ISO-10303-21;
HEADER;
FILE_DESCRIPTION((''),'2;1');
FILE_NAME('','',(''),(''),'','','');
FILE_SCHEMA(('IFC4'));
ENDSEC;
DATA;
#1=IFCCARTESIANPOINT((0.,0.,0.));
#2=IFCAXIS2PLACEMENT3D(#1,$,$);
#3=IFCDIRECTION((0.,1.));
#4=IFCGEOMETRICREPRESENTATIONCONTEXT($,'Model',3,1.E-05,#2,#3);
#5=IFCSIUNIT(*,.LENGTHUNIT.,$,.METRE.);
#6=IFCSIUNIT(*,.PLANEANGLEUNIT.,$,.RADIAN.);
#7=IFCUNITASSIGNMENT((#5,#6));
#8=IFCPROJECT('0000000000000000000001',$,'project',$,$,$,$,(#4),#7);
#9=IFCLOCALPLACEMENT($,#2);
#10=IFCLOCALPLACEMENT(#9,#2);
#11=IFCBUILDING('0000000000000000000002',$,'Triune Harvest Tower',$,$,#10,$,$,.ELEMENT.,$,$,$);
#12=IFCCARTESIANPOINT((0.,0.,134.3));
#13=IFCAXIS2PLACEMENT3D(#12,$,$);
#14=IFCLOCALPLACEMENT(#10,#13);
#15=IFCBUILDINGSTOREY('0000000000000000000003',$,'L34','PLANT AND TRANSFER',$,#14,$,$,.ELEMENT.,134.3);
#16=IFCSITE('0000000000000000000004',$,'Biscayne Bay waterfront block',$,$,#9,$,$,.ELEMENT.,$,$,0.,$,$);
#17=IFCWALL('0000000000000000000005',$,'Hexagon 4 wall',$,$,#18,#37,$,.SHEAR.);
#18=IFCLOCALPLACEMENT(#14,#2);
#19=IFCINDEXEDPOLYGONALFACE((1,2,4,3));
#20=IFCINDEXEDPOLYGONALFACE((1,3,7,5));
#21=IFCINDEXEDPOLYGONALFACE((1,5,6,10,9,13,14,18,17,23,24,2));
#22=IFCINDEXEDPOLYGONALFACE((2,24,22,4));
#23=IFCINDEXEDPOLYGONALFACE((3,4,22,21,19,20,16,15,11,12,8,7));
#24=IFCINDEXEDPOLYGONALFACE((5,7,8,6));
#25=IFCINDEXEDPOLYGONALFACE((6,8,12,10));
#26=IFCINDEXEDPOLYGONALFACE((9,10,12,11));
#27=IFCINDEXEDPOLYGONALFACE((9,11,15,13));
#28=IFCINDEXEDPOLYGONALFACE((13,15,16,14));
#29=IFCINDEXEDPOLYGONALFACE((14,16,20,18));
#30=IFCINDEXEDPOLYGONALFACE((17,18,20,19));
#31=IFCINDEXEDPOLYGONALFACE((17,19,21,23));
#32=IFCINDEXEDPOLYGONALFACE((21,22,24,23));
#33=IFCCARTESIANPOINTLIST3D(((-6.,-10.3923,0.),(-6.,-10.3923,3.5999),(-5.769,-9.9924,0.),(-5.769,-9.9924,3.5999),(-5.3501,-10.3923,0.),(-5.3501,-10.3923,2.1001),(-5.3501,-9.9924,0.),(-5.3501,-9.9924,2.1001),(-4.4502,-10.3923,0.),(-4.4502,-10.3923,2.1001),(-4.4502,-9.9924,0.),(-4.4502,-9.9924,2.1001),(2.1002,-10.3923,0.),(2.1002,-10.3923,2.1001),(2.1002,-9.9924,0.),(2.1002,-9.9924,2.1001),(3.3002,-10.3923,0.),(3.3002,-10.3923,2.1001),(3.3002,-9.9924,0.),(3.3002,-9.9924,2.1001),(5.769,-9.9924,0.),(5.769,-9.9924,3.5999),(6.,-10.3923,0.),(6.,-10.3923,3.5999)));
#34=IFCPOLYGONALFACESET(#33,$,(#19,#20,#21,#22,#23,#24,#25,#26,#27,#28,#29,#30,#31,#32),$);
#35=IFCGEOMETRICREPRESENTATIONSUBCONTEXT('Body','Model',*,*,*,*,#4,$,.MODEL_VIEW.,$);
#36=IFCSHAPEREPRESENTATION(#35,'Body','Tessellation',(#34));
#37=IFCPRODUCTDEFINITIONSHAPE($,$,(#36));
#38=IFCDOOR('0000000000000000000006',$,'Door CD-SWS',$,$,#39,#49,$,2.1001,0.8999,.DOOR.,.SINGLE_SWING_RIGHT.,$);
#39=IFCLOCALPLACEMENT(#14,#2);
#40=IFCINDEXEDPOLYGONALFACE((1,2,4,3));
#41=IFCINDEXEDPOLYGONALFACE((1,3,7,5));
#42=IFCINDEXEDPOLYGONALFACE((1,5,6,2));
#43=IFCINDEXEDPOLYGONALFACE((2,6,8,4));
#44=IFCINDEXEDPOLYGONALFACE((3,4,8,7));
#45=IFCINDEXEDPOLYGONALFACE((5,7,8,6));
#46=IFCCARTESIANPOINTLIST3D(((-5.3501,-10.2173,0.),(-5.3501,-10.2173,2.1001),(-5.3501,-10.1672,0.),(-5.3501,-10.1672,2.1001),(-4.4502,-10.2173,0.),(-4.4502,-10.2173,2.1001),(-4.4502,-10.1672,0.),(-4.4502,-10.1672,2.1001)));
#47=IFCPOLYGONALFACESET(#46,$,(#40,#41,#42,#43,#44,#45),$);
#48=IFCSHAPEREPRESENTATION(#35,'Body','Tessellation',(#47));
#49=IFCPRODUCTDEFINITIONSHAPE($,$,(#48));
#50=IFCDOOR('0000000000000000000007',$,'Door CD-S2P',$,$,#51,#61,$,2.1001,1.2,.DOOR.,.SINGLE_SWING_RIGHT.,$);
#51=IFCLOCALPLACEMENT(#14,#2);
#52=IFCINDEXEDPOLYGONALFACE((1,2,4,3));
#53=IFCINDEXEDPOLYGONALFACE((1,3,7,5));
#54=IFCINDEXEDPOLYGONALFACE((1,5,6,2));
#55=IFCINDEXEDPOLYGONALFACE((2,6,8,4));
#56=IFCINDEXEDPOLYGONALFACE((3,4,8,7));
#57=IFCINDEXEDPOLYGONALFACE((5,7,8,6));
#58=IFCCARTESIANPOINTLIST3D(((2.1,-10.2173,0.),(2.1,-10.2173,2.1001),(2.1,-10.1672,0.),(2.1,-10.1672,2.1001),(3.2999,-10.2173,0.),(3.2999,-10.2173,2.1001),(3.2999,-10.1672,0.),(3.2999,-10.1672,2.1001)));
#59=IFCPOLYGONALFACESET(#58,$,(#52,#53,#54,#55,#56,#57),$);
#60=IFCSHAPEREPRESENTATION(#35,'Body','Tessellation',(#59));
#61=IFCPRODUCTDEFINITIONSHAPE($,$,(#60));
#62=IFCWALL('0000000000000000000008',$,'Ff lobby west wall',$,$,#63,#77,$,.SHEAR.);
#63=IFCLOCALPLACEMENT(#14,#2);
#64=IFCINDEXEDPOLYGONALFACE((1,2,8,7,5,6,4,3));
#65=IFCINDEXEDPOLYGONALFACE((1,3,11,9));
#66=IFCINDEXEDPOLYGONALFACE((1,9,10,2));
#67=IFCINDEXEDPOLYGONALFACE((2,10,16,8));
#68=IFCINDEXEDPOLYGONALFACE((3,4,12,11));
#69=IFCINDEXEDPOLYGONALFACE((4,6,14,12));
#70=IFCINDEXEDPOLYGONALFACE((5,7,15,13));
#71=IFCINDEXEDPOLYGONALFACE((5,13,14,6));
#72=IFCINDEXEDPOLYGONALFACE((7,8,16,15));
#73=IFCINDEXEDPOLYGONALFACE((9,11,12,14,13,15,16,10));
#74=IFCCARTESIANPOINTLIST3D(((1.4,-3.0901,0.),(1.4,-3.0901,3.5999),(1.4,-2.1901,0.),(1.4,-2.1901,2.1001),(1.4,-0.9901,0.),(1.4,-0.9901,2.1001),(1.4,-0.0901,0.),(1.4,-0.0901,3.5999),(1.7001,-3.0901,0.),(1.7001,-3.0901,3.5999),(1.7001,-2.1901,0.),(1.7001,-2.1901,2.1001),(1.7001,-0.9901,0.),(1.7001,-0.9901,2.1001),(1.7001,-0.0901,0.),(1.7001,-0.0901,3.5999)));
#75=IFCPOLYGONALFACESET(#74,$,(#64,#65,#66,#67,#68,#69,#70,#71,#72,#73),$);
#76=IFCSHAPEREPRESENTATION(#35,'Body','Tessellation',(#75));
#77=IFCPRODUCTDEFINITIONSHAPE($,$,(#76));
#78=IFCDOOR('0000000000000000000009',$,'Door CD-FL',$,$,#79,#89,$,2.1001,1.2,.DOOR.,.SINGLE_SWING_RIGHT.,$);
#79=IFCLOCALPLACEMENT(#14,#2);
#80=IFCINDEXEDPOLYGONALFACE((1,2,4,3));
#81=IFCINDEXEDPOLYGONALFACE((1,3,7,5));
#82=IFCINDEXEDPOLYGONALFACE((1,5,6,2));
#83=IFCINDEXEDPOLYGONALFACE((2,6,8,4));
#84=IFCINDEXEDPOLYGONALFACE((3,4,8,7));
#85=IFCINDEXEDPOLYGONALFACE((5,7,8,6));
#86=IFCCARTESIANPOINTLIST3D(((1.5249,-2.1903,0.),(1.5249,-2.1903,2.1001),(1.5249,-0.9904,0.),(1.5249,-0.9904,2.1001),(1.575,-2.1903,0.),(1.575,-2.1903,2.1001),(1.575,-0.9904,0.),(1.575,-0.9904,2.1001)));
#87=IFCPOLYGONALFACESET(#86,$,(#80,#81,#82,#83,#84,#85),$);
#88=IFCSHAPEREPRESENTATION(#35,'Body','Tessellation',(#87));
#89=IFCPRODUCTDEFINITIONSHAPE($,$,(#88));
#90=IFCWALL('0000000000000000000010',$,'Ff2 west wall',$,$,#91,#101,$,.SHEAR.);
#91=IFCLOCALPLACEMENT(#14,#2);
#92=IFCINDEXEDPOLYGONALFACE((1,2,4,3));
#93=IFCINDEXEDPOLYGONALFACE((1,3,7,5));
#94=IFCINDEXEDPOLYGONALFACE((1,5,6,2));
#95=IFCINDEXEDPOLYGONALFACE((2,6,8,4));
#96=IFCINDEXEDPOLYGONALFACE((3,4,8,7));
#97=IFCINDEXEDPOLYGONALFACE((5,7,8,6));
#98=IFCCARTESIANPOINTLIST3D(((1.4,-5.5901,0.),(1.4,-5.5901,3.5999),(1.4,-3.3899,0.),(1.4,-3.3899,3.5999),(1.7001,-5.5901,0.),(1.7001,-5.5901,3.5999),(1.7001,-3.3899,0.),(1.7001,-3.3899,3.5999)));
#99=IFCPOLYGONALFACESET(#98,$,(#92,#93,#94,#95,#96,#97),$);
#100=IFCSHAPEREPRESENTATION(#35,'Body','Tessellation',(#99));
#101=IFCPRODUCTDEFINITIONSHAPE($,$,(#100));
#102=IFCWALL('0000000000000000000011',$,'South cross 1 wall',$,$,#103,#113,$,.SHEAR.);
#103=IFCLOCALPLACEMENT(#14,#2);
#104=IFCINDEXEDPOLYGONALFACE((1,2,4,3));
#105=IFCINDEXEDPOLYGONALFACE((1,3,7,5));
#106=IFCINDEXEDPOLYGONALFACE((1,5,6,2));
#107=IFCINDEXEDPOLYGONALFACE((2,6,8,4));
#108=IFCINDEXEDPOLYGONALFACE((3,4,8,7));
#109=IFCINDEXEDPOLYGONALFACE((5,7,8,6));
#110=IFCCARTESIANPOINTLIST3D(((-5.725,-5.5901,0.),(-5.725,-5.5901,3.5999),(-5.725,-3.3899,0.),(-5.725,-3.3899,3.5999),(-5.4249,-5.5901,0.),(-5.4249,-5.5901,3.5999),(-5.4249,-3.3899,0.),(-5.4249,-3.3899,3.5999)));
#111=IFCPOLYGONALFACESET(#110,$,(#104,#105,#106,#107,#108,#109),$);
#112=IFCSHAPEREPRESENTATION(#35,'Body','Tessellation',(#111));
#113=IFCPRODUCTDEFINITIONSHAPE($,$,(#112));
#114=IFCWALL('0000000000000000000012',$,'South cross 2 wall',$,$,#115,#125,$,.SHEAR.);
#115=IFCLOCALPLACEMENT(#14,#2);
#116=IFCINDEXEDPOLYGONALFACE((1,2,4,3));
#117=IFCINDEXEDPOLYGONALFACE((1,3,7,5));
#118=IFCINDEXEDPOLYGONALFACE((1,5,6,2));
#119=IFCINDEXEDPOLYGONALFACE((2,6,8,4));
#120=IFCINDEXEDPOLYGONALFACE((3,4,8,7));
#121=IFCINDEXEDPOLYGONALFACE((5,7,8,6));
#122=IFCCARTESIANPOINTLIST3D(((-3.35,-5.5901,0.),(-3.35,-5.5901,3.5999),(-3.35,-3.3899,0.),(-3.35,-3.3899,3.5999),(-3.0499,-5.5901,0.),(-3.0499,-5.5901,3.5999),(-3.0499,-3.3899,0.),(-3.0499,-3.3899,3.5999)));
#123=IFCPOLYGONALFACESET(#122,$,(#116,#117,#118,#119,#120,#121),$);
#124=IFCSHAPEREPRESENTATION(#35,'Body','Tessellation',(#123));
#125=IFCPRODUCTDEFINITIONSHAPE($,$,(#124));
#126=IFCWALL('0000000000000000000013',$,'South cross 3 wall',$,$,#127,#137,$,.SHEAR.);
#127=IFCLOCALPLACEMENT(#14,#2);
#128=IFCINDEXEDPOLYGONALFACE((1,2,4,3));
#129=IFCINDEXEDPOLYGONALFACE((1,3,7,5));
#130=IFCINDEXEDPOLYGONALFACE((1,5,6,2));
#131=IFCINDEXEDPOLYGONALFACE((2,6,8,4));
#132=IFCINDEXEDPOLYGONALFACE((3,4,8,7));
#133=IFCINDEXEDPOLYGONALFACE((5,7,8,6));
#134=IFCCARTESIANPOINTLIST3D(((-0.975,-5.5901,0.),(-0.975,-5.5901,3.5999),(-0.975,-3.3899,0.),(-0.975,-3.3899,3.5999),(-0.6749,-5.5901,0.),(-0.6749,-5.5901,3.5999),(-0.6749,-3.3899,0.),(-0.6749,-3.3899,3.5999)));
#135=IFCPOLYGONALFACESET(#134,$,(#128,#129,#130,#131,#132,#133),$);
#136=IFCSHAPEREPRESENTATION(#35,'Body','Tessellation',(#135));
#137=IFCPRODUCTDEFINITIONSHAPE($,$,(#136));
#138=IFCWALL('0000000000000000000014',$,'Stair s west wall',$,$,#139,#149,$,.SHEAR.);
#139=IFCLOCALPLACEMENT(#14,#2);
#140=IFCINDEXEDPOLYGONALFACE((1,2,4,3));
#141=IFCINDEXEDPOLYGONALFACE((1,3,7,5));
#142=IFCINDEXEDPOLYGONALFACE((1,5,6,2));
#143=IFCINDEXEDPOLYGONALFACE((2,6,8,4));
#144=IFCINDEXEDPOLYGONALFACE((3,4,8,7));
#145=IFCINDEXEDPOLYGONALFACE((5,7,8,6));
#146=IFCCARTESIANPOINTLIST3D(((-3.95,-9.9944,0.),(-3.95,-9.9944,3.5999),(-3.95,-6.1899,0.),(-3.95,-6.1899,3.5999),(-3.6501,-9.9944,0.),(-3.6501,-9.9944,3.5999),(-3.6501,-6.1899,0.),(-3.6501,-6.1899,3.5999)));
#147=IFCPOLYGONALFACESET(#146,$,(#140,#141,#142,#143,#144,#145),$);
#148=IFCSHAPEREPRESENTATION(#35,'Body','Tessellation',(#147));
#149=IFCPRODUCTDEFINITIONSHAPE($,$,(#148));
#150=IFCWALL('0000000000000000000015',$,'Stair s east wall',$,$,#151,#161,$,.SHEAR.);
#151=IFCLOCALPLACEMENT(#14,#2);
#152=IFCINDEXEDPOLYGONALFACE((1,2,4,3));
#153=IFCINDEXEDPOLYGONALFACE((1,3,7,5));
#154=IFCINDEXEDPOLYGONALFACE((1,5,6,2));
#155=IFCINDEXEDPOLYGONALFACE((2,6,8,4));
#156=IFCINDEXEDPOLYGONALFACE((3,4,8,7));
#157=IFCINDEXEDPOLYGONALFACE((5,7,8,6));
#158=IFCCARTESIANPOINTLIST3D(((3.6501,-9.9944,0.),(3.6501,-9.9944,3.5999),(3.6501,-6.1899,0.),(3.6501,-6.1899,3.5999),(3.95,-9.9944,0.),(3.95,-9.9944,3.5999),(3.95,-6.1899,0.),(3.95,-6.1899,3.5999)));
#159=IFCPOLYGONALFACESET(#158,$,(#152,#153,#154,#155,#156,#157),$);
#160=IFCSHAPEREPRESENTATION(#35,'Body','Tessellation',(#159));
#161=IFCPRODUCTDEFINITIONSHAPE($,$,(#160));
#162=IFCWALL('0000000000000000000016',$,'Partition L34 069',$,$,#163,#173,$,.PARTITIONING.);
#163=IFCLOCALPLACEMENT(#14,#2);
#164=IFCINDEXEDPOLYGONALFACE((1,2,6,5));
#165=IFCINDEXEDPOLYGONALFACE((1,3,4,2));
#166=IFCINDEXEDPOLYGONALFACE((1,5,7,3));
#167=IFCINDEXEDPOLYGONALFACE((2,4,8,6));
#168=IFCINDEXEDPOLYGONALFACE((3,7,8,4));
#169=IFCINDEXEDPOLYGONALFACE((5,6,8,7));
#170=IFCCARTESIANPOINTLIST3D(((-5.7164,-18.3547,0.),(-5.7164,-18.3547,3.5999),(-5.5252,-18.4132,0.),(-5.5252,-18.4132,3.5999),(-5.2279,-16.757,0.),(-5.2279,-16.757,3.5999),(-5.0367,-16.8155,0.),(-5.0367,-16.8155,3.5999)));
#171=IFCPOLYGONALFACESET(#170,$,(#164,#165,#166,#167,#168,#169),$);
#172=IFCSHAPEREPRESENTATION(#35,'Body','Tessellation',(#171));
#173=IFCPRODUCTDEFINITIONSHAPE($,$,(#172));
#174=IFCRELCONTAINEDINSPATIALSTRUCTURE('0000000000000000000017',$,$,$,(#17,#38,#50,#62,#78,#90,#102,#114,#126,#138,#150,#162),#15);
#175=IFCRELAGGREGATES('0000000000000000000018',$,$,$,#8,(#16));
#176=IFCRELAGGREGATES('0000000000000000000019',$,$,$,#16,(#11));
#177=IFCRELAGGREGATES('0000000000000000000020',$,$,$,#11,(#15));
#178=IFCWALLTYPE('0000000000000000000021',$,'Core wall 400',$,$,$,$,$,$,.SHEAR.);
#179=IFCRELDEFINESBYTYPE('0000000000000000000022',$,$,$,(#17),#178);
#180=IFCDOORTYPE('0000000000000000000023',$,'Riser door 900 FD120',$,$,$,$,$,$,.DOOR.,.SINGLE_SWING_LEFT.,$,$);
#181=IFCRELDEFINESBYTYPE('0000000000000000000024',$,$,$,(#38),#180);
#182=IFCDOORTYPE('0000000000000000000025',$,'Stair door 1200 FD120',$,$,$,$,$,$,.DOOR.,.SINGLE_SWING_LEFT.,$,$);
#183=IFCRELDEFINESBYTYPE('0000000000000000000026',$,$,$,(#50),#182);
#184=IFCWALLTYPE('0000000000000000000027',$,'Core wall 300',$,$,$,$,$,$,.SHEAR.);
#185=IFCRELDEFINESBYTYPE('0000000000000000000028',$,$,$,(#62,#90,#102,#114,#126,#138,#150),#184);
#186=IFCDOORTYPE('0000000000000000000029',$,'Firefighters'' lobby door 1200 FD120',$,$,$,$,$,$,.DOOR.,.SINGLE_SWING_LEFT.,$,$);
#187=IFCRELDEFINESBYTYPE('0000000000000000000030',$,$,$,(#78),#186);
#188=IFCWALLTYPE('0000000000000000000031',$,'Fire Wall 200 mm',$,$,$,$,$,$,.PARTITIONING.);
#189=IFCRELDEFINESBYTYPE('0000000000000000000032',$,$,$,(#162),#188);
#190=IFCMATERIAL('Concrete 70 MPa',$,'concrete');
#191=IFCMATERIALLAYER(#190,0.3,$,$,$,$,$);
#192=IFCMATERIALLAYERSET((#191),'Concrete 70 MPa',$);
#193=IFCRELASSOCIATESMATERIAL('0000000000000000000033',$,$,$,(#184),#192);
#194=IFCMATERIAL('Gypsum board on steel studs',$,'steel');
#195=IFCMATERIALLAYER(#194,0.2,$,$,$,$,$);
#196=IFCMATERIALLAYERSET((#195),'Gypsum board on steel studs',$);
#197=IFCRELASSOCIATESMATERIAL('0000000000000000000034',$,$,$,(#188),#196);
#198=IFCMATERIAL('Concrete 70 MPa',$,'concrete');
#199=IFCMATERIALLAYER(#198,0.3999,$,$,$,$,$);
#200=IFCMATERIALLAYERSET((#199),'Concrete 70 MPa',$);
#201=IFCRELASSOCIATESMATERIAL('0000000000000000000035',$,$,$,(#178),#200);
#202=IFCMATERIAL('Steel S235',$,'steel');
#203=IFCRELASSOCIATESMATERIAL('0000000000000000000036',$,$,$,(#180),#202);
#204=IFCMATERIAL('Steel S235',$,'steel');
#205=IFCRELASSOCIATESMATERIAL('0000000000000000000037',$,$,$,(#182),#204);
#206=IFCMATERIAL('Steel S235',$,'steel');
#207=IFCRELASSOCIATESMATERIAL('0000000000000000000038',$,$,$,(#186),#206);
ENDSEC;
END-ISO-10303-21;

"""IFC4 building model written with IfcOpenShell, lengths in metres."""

from ifc_helpers import new_model, si_unit, direction, frame, frame_2d, origin, place, context, subcontext, project, spatial, polyline, rectangle, outline, extrude, source, transform, mapped, material, layer, layer_set, type_object, element, fill, save


model = new_model("IFC4")

# Units and contexts
model_context = context("Model", 3, precision=1e-05, world=origin(), true_north=direction((0.0, 1.0)))
body_context = subcontext(model_context, "Body", "Model", "MODEL_VIEW")
ifc_project = project(units=[si_unit("LENGTHUNIT", "METRE"), si_unit("PLANEANGLEUNIT", "RADIAN")], contexts=[model_context])

# Site, building, storey
site_placement = place(None, origin())
site = spatial("IfcSite", under=ifc_project, at=site_placement, Name="Biscayne Bay waterfront block", CompositionType="ELEMENT", RefElevation=0.0)
building_placement = place(site_placement, origin())
building = spatial("IfcBuilding", under=site, at=building_placement, Name="Triune Harvest Tower", CompositionType="ELEMENT")
storey_placement = place(building_placement, frame((0.0, 0.0, 134.3)))
storey = spatial("IfcBuildingStorey", under=building, at=storey_placement, Name="L34", Description="PLANT AND TRANSFER", CompositionType="ELEMENT", Elevation=134.3)

# Shared definitions
ifc_material_1 = material(Name="Concrete 70 MPa", Category="concrete")
ifc_layer_1 = layer(ifc_material_1, 0.3)
ifc_layer_set_1 = layer_set([ifc_layer_1], Name="Concrete 70 MPa")
wall_type_1 = type_object("IfcWallType", Name="Core wall 300", PredefinedType="SHEAR", material=ifc_layer_set_1)
ifc_material_2 = material(Name="Gypsum board on steel studs", Category="steel")
ifc_layer_2 = layer(ifc_material_2, 0.2)
ifc_layer_set_2 = layer_set([ifc_layer_2], Name="Gypsum board on steel studs")
wall_type_2 = type_object("IfcWallType", Name="Fire Wall 200 mm", PredefinedType="PARTITIONING", material=ifc_layer_set_2)

# Wall, openings, doors
ifc_material_3 = material(Name="Concrete 70 MPa", Category="concrete")
ifc_layer_3 = layer(ifc_material_3, 0.3999)
ifc_layer_set_3 = layer_set([ifc_layer_3], Name="Concrete 70 MPa")
wall_type_3 = type_object("IfcWallType", Name="Core wall 400", PredefinedType="SHEAR", material=ifc_layer_set_3)
shared_shape_1 = source(origin(), body_context, "Body", "SweptSolid", [
    extrude(outline(polyline([(-0.1155, -0.2), (11.8845, -0.2), (11.6536, 0.2), (0.1155, 0.2), (-0.1155, -0.2)])), origin(), (0.0, 0.0, 1.0), 3.5999),
])
wall_1_placement = place(storey_placement, frame((-5.8845, -10.1924, 0.0), z_axis=(0.0, 0.0, 1.0), x_axis=(1.0, 0.0, 0.0)))
wall_1 = element("IfcWall", 1, at=wall_1_placement, inside=storey, type_object=wall_type_3, Name="Hexagon 4 wall", PredefinedType="SHEAR", context=body_context, shape_type="MappedRepresentation", body=[
    mapped(shared_shape_1, transform((0.0, 0.0, 0.0), scale=1.0)),
])
opening_1_placement = place(wall_1_placement, frame((7.9846, 0.0, 0.0)))
opening_1 = element("IfcOpeningElement", 2, at=opening_1_placement, cuts=wall_1, PredefinedType="OPENING", context=body_context, shape_type="SweptSolid", body=[
    extrude(rectangle(XDim=1.2, YDim=2.1001, at=frame_2d((0.6001, 1.05))), frame((0.0, 0.21, 0.0), z_axis=(0.0, -1.0, 0.0), x_axis=(1.0, 0.0, 0.0)), (0.0, 0.0, 1.0), 0.4199),
])
opening_2_placement = place(wall_1_placement, frame((0.5344, 0.0, 0.0)))
opening_2 = element("IfcOpeningElement", 3, at=opening_2_placement, cuts=wall_1, PredefinedType="OPENING", context=body_context, shape_type="SweptSolid", body=[
    extrude(rectangle(XDim=0.8999, YDim=2.1001, at=frame_2d((0.45, 1.05))), frame((0.0, 0.21, 0.0), z_axis=(0.0, -1.0, 0.0), x_axis=(1.0, 0.0, 0.0)), (0.0, 0.0, 1.0), 0.4199),
])
ifc_material_4 = material(Name="Steel S235", Category="steel")
door_type_1 = type_object("IfcDoorType", Name="Riser door 900 FD120", OperationType="SINGLE_SWING_LEFT", PredefinedType="DOOR", material=ifc_material_4)
door_1_placement = place(opening_2_placement, frame((0.8999, 0.0, 0.0), z_axis=(0.0, 0.0, 1.0), x_axis=(-1.0, 0.0, 0.0)))
door_1 = element("IfcDoor", 4, at=door_1_placement, inside=storey, type_object=door_type_1, Name="Door CD-SWS", OperationType="SINGLE_SWING_RIGHT", OverallHeight=2.1001, OverallWidth=0.8999, PredefinedType="DOOR", context=body_context, shape_type="SweptSolid", body=[
    extrude(rectangle(XDim=0.8999, YDim=2.1001, at=frame_2d((0.45, 1.05))), frame((0.0, 0.0249, 0.0), z_axis=(0.0, -1.0, 0.0), x_axis=(1.0, 0.0, 0.0)), (0.0, 0.0, 1.0), 0.05),
])
fill(opening_2, door_1)
ifc_material_5 = material(Name="Steel S235", Category="steel")
door_type_2 = type_object("IfcDoorType", Name="Stair door 1200 FD120", OperationType="SINGLE_SWING_LEFT", PredefinedType="DOOR", material=ifc_material_5)
door_2_placement = place(opening_1_placement, frame((1.2, 0.0, 0.0), z_axis=(0.0, 0.0, 1.0), x_axis=(-1.0, 0.0, 0.0)))
door_2 = element("IfcDoor", 5, at=door_2_placement, inside=storey, type_object=door_type_2, Name="Door CD-S2P", OperationType="SINGLE_SWING_RIGHT", OverallHeight=2.1001, OverallWidth=1.2, PredefinedType="DOOR", context=body_context, shape_type="SweptSolid", body=[
    extrude(rectangle(XDim=1.2, YDim=2.1001, at=frame_2d((0.6001, 1.05))), frame((0.0, 0.0249, 0.0), z_axis=(0.0, -1.0, 0.0), x_axis=(1.0, 0.0, 0.0)), (0.0, 0.0, 1.0), 0.05),
])
fill(opening_1, door_2)

# Wall, opening, door
shared_shape_2 = source(origin(), body_context, "Body", "SweptSolid", [
    extrude(rectangle(XDim=3.0, YDim=0.3, at=frame_2d((1.5, 0.0))), origin(), (0.0, 0.0, 1.0), 3.5999),
])
wall_2_placement = place(storey_placement, frame((1.55, -3.0901, 0.0), z_axis=(0.0, 0.0, 1.0), x_axis=(0.0, 1.0, 0.0)))
wall_2 = element("IfcWall", 6, at=wall_2_placement, inside=storey, type_object=wall_type_1, Name="Ff lobby west wall", PredefinedType="SHEAR", context=body_context, shape_type="MappedRepresentation", body=[
    mapped(shared_shape_2, transform((0.0, 0.0, 0.0), scale=1.0)),
])
opening_3_placement = place(wall_2_placement, frame((0.8999, 0.0, 0.0)))
opening_3 = element("IfcOpeningElement", 7, at=opening_3_placement, cuts=wall_2, PredefinedType="OPENING", context=body_context, shape_type="SweptSolid", body=[
    extrude(rectangle(XDim=1.2, YDim=2.1001, at=frame_2d((0.6001, 1.05))), frame((0.0, 0.1602, 0.0), z_axis=(0.0, -1.0, 0.0), x_axis=(1.0, 0.0, 0.0)), (0.0, 0.0, 1.0), 0.3201),
])
ifc_material_6 = material(Name="Steel S235", Category="steel")
door_type_3 = type_object("IfcDoorType", Name="Firefighters' lobby door 1200 FD120", OperationType="SINGLE_SWING_LEFT", PredefinedType="DOOR", material=ifc_material_6)
door_3_placement = place(opening_3_placement, frame((1.2, 0.0, 0.0), z_axis=(0.0, 0.0, 1.0), x_axis=(-1.0, 0.0, 0.0)))
door_3 = element("IfcDoor", 8, at=door_3_placement, inside=storey, type_object=door_type_3, Name="Door CD-FL", OperationType="SINGLE_SWING_RIGHT", OverallHeight=2.1001, OverallWidth=1.2, PredefinedType="DOOR", context=body_context, shape_type="SweptSolid", body=[
    extrude(rectangle(XDim=1.2, YDim=2.1001, at=frame_2d((0.6001, 1.05))), frame((0.0, 0.0249, 0.0), z_axis=(0.0, -1.0, 0.0), x_axis=(1.0, 0.0, 0.0)), (0.0, 0.0, 1.0), 0.05),
])
fill(opening_3, door_3)

# Walls
shared_shape_3 = source(origin(), body_context, "Body", "SweptSolid", [
    extrude(rectangle(XDim=2.2002, YDim=0.3, at=frame_2d((1.1001, 0.0))), origin(), (0.0, 0.0, 1.0), 3.5999),
])
for number, where, z_axis, x_axis, name in (
    (9, (1.55, -5.5901, 0.0), (0.0, 0.0, 1.0), (0.0, 1.0, 0.0), "Ff2 west wall"),
    (10, (-5.575, -5.5901, 0.0), (0.0, 0.0, 1.0), (0.0, 1.0, 0.0), "South cross 1 wall"),
    (11, (-3.2, -5.5901, 0.0), (0.0, 0.0, 1.0), (0.0, 1.0, 0.0), "South cross 2 wall"),
    (12, (-0.825, -5.5901, 0.0), (0.0, 0.0, 1.0), (0.0, 1.0, 0.0), "South cross 3 wall"),
):
    element("IfcWall", number, at=place(storey_placement, frame(where, z_axis=z_axis, x_axis=x_axis)), inside=storey, type_object=wall_type_1, Name=name, PredefinedType="SHEAR", context=body_context, shape_type="MappedRepresentation", body=[
        mapped(shared_shape_3, transform((0.0, 0.0, 0.0), scale=1.0)),
    ])
shared_shape_4 = source(origin(), body_context, "Body", "SweptSolid", [
    extrude(outline(polyline([(3.8, -0.1499), (-0.0044, -0.1499), (-0.0044, 0.1499), (3.8, 0.1499), (3.8, -0.1499)])), origin(), (0.0, 0.0, 1.0), 3.5999),
])
for number, where, z_axis, x_axis, name in (
    (13, (-3.8, -9.99, 0.0), (0.0, 0.0, 1.0), (0.0, 1.0, 0.0), "Stair s west wall"),
    (14, (3.8, -9.99, 0.0), (0.0, 0.0, 1.0), (0.0, 1.0, 0.0), "Stair s east wall"),
):
    element("IfcWall", number, at=place(storey_placement, frame(where, z_axis=z_axis, x_axis=x_axis)), inside=storey, type_object=wall_type_1, Name=name, PredefinedType="SHEAR", context=body_context, shape_type="MappedRepresentation", body=[
        mapped(shared_shape_4, transform((0.0, 0.0, 0.0), scale=1.0)),
    ])
shared_shape_5 = source(origin(), body_context, "Body", "SweptSolid", [
    extrude(rectangle(XDim=1.6707, YDim=0.2, at=frame_2d((0.8354, 0.0))), origin(), (0.0, 0.0, 1.0), 3.5999),
])
wall_3_placement = place(storey_placement, frame((-5.6208, -18.384, 0.0), z_axis=(0.0, 0.0, 1.0), x_axis=(0.292412, 0.956293, 0.0)))
element("IfcWall", 15, at=wall_3_placement, inside=storey, type_object=wall_type_2, Name="Partition L34 069", PredefinedType="PARTITIONING", context=body_context, shape_type="MappedRepresentation", body=[
    mapped(shared_shape_5, transform((0.0, 0.0, 0.0), scale=1.0)),
])

save(model, "model.ifc")
